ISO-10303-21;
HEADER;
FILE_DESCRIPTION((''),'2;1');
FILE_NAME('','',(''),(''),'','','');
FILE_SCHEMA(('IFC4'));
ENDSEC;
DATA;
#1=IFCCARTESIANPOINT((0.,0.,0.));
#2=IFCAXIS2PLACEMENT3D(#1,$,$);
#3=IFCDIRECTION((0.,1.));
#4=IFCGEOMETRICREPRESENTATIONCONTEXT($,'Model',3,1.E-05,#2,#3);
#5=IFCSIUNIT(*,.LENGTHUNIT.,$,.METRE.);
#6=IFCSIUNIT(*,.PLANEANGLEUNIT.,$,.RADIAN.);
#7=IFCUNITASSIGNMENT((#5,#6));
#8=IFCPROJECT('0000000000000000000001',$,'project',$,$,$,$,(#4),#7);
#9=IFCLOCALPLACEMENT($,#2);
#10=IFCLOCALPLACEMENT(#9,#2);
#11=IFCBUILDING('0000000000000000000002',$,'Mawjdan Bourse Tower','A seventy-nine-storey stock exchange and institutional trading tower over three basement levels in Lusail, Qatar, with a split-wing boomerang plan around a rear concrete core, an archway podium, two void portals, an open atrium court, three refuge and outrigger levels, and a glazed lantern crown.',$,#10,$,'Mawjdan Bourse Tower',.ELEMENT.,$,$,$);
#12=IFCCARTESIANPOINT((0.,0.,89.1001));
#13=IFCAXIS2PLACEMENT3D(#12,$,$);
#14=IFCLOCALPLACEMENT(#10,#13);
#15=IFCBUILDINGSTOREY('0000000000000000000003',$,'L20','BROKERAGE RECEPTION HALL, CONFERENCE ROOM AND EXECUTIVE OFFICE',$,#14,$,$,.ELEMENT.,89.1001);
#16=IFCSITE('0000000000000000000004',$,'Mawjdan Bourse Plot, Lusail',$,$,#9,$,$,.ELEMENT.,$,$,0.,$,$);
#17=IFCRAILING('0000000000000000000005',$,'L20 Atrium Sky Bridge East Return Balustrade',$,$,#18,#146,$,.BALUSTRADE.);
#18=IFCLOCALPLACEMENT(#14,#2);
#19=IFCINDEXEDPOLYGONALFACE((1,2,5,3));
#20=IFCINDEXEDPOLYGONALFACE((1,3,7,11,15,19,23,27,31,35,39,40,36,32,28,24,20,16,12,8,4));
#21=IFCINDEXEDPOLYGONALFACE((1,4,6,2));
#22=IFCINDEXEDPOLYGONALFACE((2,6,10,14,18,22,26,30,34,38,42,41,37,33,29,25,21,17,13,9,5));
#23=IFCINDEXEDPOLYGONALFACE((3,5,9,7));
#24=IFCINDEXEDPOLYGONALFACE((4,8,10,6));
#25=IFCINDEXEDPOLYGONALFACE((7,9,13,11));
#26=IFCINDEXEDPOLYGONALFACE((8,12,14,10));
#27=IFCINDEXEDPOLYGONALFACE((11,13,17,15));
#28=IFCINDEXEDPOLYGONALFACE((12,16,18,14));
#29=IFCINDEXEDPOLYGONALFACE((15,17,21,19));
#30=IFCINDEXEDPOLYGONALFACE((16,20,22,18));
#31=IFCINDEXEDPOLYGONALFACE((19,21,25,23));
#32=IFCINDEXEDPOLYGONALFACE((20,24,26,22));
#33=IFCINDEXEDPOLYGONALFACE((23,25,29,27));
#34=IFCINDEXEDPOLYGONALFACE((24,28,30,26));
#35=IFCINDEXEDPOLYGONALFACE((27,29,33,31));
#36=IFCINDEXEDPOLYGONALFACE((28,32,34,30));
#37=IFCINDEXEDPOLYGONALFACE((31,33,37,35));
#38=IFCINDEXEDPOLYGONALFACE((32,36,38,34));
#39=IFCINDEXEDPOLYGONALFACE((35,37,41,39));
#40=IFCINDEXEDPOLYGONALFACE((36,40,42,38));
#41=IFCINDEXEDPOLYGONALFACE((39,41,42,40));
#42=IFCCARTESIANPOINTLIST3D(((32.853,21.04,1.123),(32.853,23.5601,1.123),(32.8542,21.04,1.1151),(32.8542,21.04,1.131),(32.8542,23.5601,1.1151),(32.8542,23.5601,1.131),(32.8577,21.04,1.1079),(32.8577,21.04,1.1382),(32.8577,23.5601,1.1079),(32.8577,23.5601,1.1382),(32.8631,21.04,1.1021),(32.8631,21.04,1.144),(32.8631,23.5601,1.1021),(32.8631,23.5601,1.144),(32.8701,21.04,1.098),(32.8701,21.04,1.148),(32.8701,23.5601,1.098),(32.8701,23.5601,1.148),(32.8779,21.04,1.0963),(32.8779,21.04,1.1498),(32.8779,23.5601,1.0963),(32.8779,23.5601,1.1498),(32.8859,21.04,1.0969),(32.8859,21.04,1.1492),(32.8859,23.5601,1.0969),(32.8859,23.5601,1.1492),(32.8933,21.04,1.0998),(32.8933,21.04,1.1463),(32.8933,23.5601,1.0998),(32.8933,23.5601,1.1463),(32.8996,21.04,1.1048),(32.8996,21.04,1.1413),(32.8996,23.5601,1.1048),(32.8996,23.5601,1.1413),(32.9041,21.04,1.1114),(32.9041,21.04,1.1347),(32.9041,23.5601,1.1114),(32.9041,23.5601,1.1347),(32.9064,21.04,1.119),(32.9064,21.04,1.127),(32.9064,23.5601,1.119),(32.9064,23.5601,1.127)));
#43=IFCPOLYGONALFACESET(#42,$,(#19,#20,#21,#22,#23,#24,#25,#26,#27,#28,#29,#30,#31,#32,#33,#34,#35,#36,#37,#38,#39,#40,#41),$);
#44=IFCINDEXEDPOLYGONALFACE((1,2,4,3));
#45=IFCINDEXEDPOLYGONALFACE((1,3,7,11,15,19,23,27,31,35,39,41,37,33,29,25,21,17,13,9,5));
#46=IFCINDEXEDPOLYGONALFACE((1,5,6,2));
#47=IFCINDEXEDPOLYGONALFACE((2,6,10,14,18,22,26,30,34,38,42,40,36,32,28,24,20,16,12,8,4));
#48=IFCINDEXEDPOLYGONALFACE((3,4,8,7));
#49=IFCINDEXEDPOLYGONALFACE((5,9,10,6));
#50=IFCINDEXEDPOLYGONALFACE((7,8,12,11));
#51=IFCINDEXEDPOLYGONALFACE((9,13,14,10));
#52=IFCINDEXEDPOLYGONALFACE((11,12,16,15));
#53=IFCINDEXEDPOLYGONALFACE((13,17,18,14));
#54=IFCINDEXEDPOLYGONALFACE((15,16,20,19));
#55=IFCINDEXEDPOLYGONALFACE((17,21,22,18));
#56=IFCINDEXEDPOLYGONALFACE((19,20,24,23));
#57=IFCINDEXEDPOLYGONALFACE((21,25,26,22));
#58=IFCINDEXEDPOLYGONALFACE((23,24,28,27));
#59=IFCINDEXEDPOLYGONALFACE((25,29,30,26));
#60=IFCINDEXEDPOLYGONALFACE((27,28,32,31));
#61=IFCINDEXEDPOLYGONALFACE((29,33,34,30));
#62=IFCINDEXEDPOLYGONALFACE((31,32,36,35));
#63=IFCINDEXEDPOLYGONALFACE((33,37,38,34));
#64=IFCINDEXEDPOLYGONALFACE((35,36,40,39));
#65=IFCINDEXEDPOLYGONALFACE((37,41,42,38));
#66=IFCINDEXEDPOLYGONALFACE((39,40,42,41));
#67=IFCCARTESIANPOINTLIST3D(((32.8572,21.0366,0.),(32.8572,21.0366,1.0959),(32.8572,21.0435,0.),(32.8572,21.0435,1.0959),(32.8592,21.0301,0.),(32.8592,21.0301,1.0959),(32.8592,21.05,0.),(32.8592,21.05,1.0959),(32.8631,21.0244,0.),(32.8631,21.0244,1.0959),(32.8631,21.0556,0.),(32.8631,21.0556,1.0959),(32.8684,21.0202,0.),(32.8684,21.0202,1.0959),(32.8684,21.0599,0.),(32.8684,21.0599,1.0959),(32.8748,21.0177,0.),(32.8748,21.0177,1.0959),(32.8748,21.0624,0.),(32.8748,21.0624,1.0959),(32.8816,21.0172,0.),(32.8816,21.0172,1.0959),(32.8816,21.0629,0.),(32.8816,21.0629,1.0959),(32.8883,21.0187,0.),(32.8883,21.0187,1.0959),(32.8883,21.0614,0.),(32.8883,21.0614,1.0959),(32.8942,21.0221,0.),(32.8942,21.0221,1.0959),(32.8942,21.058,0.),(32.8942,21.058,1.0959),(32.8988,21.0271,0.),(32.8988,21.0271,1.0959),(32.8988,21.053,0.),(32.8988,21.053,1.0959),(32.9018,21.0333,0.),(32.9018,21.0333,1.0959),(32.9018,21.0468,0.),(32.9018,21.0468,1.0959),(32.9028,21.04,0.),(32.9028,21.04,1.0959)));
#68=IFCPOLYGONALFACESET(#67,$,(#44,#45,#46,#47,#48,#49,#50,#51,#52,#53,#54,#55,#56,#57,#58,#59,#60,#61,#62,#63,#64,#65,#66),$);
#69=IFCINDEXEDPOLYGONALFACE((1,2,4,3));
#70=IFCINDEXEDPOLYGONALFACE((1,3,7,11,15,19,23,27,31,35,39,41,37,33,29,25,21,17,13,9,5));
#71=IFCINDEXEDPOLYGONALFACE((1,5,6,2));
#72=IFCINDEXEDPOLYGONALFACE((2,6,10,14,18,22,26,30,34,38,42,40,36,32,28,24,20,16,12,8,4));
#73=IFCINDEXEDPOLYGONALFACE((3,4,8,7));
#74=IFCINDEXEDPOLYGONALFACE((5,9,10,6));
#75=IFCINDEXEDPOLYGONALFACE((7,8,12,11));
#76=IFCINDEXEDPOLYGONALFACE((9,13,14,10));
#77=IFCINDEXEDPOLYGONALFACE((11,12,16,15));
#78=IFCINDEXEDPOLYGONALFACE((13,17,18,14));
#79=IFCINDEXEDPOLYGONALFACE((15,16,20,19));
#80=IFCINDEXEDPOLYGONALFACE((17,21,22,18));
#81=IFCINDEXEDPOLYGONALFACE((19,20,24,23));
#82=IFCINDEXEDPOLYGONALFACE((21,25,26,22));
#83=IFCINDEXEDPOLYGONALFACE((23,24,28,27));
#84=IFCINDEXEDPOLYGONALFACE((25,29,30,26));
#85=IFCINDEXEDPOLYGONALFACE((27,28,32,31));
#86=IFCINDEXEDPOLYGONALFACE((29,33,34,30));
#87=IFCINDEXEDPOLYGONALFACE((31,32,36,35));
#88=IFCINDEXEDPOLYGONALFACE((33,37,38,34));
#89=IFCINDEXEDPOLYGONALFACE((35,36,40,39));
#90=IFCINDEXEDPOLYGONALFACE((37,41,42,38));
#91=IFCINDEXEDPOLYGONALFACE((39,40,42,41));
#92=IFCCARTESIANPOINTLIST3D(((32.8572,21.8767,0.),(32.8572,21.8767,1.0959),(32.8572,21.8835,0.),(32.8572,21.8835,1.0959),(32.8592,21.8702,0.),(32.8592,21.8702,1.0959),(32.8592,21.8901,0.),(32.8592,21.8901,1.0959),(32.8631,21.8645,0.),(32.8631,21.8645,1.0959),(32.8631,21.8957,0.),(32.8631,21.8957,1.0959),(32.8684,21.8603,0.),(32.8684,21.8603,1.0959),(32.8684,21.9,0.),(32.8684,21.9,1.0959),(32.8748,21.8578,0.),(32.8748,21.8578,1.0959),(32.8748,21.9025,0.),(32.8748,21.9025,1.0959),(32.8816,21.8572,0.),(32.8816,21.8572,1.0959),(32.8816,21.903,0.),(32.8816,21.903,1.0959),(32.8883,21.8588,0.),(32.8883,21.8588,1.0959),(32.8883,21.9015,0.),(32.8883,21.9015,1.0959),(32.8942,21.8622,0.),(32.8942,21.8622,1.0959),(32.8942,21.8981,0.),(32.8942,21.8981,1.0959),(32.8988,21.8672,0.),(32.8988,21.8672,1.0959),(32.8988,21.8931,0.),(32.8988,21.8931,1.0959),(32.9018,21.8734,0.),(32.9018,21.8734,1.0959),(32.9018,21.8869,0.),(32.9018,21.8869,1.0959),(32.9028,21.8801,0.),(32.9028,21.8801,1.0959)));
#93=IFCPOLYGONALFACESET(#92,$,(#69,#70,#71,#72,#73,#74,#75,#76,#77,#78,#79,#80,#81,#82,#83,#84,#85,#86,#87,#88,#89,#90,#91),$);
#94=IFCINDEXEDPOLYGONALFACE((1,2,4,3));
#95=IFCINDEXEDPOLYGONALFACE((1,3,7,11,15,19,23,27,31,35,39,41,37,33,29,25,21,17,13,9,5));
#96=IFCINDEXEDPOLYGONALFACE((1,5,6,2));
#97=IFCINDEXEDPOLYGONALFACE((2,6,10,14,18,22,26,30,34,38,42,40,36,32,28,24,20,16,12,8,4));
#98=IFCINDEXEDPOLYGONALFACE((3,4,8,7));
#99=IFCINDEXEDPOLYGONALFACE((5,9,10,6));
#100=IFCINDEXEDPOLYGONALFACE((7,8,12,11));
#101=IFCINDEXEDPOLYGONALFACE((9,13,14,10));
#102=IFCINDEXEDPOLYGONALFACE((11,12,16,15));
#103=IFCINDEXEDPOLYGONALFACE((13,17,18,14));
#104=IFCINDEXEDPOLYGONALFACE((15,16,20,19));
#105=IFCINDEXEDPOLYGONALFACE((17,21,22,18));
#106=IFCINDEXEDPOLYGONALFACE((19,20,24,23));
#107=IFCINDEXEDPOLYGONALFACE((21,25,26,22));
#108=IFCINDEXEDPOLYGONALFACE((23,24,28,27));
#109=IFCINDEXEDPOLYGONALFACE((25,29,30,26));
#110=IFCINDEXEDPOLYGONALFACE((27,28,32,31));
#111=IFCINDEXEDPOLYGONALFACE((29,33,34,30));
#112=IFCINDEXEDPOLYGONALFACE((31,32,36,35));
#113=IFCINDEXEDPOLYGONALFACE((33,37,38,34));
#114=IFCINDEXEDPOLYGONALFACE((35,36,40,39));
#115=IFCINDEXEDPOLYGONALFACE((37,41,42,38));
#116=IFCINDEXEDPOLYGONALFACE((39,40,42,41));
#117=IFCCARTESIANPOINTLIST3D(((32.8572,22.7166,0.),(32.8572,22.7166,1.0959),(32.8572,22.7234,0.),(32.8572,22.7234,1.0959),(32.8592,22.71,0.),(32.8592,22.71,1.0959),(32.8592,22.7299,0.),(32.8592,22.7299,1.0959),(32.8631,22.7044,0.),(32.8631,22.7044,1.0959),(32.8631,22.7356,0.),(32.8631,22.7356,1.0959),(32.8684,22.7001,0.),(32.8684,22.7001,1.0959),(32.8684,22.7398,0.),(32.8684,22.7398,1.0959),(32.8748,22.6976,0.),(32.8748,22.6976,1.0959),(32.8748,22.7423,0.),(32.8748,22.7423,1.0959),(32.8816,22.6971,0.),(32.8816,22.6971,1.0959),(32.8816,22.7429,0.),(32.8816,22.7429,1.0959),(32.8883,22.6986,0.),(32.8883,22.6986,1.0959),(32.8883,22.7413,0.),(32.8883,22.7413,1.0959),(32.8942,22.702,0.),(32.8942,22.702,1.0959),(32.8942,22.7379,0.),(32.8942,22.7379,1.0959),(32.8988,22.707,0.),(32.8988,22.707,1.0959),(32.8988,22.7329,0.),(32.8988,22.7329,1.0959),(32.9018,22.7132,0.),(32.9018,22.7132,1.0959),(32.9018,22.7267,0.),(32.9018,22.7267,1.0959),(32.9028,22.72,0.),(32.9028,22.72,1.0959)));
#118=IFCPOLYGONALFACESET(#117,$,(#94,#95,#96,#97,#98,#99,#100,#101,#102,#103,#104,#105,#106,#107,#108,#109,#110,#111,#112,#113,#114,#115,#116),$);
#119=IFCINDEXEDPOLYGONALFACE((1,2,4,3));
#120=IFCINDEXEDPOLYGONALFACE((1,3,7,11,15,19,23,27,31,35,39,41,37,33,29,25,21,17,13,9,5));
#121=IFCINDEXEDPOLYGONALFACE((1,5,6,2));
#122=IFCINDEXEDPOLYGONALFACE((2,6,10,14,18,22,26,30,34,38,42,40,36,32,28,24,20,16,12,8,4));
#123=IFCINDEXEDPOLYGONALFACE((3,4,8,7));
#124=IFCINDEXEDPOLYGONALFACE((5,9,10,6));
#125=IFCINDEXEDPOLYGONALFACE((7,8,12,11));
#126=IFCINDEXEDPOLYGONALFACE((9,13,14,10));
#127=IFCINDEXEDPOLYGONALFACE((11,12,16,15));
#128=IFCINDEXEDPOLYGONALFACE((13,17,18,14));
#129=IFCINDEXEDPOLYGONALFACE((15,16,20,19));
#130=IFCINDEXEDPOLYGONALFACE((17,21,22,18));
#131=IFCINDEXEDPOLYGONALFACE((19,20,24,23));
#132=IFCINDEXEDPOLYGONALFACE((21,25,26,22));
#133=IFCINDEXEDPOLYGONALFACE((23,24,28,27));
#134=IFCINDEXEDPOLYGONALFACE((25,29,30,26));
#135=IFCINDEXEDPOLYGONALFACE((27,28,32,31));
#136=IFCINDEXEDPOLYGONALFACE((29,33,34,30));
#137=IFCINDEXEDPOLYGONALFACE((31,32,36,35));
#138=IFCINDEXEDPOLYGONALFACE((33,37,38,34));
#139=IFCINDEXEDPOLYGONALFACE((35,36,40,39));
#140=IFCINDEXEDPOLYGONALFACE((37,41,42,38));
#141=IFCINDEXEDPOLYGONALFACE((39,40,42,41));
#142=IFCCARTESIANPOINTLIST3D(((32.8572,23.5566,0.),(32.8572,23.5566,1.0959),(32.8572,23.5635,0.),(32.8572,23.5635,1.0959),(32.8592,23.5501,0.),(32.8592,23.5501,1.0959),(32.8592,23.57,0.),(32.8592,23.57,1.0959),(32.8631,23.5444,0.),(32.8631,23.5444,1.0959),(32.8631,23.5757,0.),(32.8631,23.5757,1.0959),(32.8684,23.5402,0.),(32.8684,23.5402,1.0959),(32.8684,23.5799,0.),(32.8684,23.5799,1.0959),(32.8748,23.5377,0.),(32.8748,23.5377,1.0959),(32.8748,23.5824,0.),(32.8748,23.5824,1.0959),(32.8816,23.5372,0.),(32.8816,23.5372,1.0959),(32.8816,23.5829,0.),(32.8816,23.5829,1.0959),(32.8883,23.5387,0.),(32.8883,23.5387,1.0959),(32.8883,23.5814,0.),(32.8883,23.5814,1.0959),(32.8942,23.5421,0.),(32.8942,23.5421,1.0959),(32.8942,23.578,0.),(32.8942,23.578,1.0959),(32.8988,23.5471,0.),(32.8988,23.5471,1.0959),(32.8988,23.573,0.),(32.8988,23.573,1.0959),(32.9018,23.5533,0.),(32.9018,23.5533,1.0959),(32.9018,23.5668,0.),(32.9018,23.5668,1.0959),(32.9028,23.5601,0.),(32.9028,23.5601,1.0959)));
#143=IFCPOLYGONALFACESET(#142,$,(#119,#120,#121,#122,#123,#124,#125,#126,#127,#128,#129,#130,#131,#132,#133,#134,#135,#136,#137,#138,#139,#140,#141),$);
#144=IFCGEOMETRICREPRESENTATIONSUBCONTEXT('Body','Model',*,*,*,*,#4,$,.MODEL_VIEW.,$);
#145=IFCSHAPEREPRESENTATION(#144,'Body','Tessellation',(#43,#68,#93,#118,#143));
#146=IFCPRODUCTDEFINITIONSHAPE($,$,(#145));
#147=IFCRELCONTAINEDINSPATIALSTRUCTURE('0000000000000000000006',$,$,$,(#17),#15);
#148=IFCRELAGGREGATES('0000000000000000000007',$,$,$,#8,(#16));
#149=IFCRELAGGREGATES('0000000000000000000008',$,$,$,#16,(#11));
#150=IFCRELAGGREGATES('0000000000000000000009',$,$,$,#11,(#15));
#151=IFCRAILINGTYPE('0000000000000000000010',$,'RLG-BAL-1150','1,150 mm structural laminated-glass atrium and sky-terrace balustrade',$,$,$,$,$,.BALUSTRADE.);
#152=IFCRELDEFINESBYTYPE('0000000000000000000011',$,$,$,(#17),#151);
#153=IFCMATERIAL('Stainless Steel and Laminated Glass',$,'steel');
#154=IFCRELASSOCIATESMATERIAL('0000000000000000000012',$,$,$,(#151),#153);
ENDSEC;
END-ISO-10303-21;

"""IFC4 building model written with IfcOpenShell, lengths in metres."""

from ifc_helpers import new_model, si_unit, direction, frame, origin, origin_2d, place, context, subcontext, project, spatial, circle, extrude, material, type_object, element, save


model = new_model("IFC4")

# Units and contexts
model_context = context("Model", 3, precision=1e-05, world=origin(), true_north=direction((0.0, 1.0)))
body_context = subcontext(model_context, "Body", "Model", "MODEL_VIEW")
ifc_project = project(units=[si_unit("LENGTHUNIT", "METRE"), si_unit("PLANEANGLEUNIT", "RADIAN")], contexts=[model_context])

# Site, building, storey
site_placement = place(None, origin())
site = spatial("IfcSite", under=ifc_project, at=site_placement, Name="Mawjdan Bourse Plot, Lusail", CompositionType="ELEMENT", RefElevation=0.0)
building_placement = place(site_placement, origin())
building = spatial("IfcBuilding", under=site, at=building_placement, Name="Mawjdan Bourse Tower", Description="A seventy-nine-storey stock exchange and institutional trading tower over three basement levels in Lusail, Qatar, with a split-wing boomerang plan around a rear concrete core, an archway podium, two void portals, an open atrium court, three refuge and outrigger levels, and a glazed lantern crown.", LongName="Mawjdan Bourse Tower", CompositionType="ELEMENT")
storey_placement = place(building_placement, frame((0.0, 0.0, 89.1001)))
storey = spatial("IfcBuildingStorey", under=building, at=storey_placement, Name="L20", Description="BROKERAGE RECEPTION HALL, CONFERENCE ROOM AND EXECUTIVE OFFICE", CompositionType="ELEMENT", Elevation=89.1001)

# Railing
ifc_material_1 = material(Name="Stainless Steel and Laminated Glass", Category="steel")
railing_type = type_object("IfcRailingType", Name="RLG-BAL-1150", Description="1,150 mm structural laminated-glass atrium and sky-terrace balustrade", PredefinedType="BALUSTRADE", material=ifc_material_1)
railing_placement = place(storey_placement, frame((32.8799, 21.04, 0.0)))
element("IfcRailing", 1, at=railing_placement, inside=storey, type_object=railing_type, Name="L20 Atrium Sky Bridge East Return Balustrade", PredefinedType="BALUSTRADE", context=body_context, shape_type="SweptSolid", body=[
    extrude(circle(Radius=0.0269, at=origin_2d()), frame((0.0, 0.0, 1.123), z_axis=(0.0, 1.0, 0.0), x_axis=(-1.0, 0.0, 0.0)), (0.0, 0.0, 1.0), 2.52),
    extrude(circle(Radius=0.0229, at=origin_2d()), origin(), (0.0, 0.0, 1.0), 1.0959),
    extrude(circle(Radius=0.0229, at=origin_2d()), frame((0.0, 0.8401, 0.0)), (0.0, 0.0, 1.0), 1.0959),
    extrude(circle(Radius=0.0229, at=origin_2d()), frame((0.0, 1.6799, 0.0)), (0.0, 0.0, 1.0), 1.0959),
    extrude(circle(Radius=0.0229, at=origin_2d()), frame((0.0, 2.52, 0.0)), (0.0, 0.0, 1.0), 1.0959),
])

save(model, "model.ifc")
